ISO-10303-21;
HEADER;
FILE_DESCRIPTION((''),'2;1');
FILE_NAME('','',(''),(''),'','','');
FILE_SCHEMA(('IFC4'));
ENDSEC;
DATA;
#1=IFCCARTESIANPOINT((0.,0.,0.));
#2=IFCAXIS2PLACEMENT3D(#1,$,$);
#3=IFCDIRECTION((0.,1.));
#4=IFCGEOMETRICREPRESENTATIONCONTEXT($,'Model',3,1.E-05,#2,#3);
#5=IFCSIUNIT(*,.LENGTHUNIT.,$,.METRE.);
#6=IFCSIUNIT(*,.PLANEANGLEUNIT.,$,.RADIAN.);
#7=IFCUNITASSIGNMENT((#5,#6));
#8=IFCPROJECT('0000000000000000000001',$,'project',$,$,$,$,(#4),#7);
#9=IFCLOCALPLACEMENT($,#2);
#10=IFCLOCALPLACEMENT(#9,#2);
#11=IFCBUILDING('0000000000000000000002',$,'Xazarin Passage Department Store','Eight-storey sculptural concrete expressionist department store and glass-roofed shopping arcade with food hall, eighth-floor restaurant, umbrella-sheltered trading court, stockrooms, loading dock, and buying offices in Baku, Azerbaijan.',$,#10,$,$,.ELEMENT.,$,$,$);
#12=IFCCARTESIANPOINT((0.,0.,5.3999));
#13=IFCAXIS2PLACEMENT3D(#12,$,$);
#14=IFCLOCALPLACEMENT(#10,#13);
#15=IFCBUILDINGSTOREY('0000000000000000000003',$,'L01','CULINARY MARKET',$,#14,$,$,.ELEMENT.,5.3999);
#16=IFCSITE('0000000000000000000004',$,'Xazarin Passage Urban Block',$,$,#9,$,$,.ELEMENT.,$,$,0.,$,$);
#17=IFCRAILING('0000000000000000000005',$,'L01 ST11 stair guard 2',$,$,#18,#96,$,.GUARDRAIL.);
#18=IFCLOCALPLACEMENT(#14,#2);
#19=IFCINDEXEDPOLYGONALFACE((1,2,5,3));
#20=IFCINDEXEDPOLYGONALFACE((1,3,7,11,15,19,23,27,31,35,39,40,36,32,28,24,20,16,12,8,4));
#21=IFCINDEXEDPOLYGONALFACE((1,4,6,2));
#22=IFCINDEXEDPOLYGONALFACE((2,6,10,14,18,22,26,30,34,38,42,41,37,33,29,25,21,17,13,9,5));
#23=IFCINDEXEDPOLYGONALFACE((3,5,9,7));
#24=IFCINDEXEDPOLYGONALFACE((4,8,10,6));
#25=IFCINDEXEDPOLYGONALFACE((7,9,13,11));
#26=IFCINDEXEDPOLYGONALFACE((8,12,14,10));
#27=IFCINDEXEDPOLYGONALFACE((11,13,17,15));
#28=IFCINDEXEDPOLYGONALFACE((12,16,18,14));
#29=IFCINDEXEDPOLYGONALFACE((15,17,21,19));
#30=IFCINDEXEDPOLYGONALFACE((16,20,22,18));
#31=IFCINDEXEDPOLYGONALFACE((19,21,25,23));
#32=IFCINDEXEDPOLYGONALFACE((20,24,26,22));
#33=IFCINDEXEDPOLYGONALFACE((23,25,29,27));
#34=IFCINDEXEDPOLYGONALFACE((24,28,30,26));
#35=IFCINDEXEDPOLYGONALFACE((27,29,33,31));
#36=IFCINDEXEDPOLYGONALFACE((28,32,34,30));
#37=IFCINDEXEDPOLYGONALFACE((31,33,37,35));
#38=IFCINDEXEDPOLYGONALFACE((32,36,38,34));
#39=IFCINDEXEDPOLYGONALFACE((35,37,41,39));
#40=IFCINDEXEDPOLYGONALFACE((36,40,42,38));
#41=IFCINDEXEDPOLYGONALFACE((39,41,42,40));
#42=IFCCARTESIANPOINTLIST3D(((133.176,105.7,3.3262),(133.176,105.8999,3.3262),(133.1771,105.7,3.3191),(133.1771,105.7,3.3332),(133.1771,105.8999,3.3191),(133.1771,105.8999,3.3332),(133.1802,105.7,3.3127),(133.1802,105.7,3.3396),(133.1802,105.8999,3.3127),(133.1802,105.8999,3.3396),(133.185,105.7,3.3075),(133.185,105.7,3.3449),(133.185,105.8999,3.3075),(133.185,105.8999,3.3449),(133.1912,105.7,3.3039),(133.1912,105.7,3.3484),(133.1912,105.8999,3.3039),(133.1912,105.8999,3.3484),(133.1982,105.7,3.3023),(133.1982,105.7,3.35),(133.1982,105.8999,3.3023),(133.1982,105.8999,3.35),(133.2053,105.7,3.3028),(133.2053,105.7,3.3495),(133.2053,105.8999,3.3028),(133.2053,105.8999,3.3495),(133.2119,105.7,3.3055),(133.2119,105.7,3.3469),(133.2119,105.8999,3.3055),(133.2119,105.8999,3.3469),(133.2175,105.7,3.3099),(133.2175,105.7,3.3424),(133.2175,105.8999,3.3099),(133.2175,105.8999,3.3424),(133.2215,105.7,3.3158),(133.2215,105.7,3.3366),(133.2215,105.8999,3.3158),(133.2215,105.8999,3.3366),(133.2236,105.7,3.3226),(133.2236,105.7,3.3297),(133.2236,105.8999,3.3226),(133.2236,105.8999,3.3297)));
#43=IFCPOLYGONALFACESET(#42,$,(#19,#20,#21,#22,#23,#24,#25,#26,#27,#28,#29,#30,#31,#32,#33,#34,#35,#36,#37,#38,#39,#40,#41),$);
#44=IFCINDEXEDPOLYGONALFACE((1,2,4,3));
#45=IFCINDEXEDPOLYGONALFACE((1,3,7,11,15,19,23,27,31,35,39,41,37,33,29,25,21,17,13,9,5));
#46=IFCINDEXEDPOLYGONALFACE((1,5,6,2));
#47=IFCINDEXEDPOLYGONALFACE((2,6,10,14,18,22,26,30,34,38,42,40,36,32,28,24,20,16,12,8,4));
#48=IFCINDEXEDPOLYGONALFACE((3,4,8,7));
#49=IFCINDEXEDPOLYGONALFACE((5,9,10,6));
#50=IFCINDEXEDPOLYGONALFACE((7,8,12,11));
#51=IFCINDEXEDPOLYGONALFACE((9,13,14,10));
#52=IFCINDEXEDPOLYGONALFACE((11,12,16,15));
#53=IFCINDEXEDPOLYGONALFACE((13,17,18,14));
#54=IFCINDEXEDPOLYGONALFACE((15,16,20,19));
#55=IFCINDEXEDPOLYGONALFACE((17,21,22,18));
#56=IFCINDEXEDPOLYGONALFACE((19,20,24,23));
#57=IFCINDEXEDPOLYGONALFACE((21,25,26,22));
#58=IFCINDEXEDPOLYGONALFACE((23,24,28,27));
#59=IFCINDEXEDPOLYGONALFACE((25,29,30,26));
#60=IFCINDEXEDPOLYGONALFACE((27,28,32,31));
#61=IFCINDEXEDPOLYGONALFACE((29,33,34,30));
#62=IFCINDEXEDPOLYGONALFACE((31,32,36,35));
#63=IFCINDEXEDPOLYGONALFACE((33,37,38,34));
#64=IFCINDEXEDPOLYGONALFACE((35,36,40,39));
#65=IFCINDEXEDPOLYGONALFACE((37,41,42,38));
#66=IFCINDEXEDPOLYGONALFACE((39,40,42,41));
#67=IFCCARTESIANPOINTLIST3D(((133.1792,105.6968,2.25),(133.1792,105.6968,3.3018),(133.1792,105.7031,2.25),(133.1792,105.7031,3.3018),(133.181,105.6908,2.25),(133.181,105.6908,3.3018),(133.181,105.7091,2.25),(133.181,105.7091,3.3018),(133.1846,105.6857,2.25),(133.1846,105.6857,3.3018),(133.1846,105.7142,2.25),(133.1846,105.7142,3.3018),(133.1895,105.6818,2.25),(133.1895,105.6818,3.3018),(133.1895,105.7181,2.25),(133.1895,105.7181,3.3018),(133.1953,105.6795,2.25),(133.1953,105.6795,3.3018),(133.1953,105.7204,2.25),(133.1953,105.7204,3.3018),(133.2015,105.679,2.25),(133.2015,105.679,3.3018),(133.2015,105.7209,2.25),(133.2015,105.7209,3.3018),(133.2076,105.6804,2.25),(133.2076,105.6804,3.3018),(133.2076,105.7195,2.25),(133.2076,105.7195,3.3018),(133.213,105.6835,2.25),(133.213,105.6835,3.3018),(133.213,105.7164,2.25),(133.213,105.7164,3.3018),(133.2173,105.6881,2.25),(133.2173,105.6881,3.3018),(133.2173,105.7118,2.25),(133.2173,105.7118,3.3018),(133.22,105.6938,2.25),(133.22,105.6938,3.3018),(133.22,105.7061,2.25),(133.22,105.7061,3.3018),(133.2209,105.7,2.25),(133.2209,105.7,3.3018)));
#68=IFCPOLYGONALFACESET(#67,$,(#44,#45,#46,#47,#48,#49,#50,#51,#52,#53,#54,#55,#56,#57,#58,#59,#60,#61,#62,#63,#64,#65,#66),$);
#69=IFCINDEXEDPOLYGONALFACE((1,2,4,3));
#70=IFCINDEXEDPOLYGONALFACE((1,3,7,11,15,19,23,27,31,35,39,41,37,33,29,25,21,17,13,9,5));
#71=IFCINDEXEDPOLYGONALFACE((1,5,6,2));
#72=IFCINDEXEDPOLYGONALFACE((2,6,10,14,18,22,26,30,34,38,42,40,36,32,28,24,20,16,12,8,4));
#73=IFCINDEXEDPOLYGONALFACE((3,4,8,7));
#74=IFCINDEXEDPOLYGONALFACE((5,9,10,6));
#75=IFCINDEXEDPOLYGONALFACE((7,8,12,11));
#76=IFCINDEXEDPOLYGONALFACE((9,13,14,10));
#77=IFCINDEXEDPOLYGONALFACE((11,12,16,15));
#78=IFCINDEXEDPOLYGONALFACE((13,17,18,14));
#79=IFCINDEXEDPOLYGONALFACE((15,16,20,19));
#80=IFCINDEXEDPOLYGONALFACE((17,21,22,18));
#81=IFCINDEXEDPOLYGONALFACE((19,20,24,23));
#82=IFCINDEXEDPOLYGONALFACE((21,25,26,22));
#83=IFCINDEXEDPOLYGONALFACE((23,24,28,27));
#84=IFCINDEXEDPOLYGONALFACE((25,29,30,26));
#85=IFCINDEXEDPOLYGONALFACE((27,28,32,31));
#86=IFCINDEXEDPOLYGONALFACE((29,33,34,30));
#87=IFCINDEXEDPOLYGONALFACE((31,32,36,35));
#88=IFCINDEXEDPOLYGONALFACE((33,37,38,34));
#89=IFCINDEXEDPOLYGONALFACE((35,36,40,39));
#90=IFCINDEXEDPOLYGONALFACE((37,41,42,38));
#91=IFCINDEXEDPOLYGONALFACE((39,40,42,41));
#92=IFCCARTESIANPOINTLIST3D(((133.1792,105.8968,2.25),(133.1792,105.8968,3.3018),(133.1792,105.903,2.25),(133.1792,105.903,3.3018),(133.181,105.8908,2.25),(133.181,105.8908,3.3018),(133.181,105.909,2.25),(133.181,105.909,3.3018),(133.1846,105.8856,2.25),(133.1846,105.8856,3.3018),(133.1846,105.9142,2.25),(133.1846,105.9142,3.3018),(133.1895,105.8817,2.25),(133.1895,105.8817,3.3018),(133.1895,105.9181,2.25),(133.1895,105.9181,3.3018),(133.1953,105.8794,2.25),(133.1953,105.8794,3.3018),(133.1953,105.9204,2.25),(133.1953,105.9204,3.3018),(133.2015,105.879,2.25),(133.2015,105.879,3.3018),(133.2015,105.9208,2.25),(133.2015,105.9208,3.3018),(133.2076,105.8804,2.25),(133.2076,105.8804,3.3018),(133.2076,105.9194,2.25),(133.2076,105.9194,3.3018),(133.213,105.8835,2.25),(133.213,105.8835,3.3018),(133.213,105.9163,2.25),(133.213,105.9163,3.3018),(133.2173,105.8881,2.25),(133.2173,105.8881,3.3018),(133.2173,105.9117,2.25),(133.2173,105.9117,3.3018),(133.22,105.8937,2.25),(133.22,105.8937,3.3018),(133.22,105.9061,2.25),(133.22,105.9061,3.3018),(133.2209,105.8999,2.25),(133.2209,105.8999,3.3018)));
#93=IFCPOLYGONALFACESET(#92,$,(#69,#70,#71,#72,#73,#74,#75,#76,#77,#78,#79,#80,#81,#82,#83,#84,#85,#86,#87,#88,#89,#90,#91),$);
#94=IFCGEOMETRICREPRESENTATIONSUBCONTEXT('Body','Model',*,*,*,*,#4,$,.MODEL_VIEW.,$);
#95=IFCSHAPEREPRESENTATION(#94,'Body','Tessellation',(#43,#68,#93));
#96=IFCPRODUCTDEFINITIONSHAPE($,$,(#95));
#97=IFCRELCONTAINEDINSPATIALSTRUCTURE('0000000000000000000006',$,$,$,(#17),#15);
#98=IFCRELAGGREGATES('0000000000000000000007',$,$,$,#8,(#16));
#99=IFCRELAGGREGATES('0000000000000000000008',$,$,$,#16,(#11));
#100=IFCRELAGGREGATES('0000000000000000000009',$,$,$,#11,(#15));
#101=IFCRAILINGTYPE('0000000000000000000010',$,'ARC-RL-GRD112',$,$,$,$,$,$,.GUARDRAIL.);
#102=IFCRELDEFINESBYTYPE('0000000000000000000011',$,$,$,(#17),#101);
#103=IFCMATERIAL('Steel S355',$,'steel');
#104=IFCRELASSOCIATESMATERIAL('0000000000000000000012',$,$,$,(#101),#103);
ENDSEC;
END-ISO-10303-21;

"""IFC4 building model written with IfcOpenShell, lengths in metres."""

from ifc_helpers import new_model, si_unit, direction, frame, origin, origin_2d, place, context, subcontext, project, spatial, circle, extrude, material, type_object, element, save


model = new_model("IFC4")

# Units and contexts
model_context = context("Model", 3, precision=1e-05, world=origin(), true_north=direction((0.0, 1.0)))
body_context = subcontext(model_context, "Body", "Model", "MODEL_VIEW")
ifc_project = project(units=[si_unit("LENGTHUNIT", "METRE"), si_unit("PLANEANGLEUNIT", "RADIAN")], contexts=[model_context])

# Site, building, storey
site_placement = place(None, origin())
site = spatial("IfcSite", under=ifc_project, at=site_placement, Name="Xazarin Passage Urban Block", CompositionType="ELEMENT", RefElevation=0.0)
building_placement = place(site_placement, origin())
building = spatial("IfcBuilding", under=site, at=building_placement, Name="Xazarin Passage Department Store", Description="Eight-storey sculptural concrete expressionist department store and glass-roofed shopping arcade with food hall, eighth-floor restaurant, umbrella-sheltered trading court, stockrooms, loading dock, and buying offices in Baku, Azerbaijan.", CompositionType="ELEMENT")
storey_placement = place(building_placement, frame((0.0, 0.0, 5.3999)))
storey = spatial("IfcBuildingStorey", under=building, at=storey_placement, Name="L01", Description="CULINARY MARKET", CompositionType="ELEMENT", Elevation=5.3999)

# Shared definitions
ifc_material_1 = material(Name="Steel S355", Category="steel")

# Railing
railing_type_1 = type_object("IfcRailingType", Name="ARC-RL-GRD112", PredefinedType="GUARDRAIL", material=ifc_material_1)
railing_1_placement = place(storey_placement, frame((133.2, 105.7, 2.25)))
element("IfcRailing", 1, at=railing_1_placement, inside=storey, type_object=railing_type_1, Name="L01 ST11 stair guard 2", PredefinedType="GUARDRAIL", context=body_context, shape_type="SweptSolid", body=[
    extrude(circle(Radius=0.0239, at=origin_2d()), frame((0.0, 0.0, 1.0762), z_axis=(0.0, 1.0, 0.0), x_axis=(-1.0, 0.0, 0.0)), (0.0, 0.0, 1.0), 0.2),
    extrude(circle(Radius=0.021, at=origin_2d()), origin(), (0.0, 0.0, 1.0), 1.0518),
    extrude(circle(Radius=0.021, at=origin_2d()), frame((0.0, 0.2, 0.0)), (0.0, 0.0, 1.0), 1.0518),
])

save(model, "model.ifc")
